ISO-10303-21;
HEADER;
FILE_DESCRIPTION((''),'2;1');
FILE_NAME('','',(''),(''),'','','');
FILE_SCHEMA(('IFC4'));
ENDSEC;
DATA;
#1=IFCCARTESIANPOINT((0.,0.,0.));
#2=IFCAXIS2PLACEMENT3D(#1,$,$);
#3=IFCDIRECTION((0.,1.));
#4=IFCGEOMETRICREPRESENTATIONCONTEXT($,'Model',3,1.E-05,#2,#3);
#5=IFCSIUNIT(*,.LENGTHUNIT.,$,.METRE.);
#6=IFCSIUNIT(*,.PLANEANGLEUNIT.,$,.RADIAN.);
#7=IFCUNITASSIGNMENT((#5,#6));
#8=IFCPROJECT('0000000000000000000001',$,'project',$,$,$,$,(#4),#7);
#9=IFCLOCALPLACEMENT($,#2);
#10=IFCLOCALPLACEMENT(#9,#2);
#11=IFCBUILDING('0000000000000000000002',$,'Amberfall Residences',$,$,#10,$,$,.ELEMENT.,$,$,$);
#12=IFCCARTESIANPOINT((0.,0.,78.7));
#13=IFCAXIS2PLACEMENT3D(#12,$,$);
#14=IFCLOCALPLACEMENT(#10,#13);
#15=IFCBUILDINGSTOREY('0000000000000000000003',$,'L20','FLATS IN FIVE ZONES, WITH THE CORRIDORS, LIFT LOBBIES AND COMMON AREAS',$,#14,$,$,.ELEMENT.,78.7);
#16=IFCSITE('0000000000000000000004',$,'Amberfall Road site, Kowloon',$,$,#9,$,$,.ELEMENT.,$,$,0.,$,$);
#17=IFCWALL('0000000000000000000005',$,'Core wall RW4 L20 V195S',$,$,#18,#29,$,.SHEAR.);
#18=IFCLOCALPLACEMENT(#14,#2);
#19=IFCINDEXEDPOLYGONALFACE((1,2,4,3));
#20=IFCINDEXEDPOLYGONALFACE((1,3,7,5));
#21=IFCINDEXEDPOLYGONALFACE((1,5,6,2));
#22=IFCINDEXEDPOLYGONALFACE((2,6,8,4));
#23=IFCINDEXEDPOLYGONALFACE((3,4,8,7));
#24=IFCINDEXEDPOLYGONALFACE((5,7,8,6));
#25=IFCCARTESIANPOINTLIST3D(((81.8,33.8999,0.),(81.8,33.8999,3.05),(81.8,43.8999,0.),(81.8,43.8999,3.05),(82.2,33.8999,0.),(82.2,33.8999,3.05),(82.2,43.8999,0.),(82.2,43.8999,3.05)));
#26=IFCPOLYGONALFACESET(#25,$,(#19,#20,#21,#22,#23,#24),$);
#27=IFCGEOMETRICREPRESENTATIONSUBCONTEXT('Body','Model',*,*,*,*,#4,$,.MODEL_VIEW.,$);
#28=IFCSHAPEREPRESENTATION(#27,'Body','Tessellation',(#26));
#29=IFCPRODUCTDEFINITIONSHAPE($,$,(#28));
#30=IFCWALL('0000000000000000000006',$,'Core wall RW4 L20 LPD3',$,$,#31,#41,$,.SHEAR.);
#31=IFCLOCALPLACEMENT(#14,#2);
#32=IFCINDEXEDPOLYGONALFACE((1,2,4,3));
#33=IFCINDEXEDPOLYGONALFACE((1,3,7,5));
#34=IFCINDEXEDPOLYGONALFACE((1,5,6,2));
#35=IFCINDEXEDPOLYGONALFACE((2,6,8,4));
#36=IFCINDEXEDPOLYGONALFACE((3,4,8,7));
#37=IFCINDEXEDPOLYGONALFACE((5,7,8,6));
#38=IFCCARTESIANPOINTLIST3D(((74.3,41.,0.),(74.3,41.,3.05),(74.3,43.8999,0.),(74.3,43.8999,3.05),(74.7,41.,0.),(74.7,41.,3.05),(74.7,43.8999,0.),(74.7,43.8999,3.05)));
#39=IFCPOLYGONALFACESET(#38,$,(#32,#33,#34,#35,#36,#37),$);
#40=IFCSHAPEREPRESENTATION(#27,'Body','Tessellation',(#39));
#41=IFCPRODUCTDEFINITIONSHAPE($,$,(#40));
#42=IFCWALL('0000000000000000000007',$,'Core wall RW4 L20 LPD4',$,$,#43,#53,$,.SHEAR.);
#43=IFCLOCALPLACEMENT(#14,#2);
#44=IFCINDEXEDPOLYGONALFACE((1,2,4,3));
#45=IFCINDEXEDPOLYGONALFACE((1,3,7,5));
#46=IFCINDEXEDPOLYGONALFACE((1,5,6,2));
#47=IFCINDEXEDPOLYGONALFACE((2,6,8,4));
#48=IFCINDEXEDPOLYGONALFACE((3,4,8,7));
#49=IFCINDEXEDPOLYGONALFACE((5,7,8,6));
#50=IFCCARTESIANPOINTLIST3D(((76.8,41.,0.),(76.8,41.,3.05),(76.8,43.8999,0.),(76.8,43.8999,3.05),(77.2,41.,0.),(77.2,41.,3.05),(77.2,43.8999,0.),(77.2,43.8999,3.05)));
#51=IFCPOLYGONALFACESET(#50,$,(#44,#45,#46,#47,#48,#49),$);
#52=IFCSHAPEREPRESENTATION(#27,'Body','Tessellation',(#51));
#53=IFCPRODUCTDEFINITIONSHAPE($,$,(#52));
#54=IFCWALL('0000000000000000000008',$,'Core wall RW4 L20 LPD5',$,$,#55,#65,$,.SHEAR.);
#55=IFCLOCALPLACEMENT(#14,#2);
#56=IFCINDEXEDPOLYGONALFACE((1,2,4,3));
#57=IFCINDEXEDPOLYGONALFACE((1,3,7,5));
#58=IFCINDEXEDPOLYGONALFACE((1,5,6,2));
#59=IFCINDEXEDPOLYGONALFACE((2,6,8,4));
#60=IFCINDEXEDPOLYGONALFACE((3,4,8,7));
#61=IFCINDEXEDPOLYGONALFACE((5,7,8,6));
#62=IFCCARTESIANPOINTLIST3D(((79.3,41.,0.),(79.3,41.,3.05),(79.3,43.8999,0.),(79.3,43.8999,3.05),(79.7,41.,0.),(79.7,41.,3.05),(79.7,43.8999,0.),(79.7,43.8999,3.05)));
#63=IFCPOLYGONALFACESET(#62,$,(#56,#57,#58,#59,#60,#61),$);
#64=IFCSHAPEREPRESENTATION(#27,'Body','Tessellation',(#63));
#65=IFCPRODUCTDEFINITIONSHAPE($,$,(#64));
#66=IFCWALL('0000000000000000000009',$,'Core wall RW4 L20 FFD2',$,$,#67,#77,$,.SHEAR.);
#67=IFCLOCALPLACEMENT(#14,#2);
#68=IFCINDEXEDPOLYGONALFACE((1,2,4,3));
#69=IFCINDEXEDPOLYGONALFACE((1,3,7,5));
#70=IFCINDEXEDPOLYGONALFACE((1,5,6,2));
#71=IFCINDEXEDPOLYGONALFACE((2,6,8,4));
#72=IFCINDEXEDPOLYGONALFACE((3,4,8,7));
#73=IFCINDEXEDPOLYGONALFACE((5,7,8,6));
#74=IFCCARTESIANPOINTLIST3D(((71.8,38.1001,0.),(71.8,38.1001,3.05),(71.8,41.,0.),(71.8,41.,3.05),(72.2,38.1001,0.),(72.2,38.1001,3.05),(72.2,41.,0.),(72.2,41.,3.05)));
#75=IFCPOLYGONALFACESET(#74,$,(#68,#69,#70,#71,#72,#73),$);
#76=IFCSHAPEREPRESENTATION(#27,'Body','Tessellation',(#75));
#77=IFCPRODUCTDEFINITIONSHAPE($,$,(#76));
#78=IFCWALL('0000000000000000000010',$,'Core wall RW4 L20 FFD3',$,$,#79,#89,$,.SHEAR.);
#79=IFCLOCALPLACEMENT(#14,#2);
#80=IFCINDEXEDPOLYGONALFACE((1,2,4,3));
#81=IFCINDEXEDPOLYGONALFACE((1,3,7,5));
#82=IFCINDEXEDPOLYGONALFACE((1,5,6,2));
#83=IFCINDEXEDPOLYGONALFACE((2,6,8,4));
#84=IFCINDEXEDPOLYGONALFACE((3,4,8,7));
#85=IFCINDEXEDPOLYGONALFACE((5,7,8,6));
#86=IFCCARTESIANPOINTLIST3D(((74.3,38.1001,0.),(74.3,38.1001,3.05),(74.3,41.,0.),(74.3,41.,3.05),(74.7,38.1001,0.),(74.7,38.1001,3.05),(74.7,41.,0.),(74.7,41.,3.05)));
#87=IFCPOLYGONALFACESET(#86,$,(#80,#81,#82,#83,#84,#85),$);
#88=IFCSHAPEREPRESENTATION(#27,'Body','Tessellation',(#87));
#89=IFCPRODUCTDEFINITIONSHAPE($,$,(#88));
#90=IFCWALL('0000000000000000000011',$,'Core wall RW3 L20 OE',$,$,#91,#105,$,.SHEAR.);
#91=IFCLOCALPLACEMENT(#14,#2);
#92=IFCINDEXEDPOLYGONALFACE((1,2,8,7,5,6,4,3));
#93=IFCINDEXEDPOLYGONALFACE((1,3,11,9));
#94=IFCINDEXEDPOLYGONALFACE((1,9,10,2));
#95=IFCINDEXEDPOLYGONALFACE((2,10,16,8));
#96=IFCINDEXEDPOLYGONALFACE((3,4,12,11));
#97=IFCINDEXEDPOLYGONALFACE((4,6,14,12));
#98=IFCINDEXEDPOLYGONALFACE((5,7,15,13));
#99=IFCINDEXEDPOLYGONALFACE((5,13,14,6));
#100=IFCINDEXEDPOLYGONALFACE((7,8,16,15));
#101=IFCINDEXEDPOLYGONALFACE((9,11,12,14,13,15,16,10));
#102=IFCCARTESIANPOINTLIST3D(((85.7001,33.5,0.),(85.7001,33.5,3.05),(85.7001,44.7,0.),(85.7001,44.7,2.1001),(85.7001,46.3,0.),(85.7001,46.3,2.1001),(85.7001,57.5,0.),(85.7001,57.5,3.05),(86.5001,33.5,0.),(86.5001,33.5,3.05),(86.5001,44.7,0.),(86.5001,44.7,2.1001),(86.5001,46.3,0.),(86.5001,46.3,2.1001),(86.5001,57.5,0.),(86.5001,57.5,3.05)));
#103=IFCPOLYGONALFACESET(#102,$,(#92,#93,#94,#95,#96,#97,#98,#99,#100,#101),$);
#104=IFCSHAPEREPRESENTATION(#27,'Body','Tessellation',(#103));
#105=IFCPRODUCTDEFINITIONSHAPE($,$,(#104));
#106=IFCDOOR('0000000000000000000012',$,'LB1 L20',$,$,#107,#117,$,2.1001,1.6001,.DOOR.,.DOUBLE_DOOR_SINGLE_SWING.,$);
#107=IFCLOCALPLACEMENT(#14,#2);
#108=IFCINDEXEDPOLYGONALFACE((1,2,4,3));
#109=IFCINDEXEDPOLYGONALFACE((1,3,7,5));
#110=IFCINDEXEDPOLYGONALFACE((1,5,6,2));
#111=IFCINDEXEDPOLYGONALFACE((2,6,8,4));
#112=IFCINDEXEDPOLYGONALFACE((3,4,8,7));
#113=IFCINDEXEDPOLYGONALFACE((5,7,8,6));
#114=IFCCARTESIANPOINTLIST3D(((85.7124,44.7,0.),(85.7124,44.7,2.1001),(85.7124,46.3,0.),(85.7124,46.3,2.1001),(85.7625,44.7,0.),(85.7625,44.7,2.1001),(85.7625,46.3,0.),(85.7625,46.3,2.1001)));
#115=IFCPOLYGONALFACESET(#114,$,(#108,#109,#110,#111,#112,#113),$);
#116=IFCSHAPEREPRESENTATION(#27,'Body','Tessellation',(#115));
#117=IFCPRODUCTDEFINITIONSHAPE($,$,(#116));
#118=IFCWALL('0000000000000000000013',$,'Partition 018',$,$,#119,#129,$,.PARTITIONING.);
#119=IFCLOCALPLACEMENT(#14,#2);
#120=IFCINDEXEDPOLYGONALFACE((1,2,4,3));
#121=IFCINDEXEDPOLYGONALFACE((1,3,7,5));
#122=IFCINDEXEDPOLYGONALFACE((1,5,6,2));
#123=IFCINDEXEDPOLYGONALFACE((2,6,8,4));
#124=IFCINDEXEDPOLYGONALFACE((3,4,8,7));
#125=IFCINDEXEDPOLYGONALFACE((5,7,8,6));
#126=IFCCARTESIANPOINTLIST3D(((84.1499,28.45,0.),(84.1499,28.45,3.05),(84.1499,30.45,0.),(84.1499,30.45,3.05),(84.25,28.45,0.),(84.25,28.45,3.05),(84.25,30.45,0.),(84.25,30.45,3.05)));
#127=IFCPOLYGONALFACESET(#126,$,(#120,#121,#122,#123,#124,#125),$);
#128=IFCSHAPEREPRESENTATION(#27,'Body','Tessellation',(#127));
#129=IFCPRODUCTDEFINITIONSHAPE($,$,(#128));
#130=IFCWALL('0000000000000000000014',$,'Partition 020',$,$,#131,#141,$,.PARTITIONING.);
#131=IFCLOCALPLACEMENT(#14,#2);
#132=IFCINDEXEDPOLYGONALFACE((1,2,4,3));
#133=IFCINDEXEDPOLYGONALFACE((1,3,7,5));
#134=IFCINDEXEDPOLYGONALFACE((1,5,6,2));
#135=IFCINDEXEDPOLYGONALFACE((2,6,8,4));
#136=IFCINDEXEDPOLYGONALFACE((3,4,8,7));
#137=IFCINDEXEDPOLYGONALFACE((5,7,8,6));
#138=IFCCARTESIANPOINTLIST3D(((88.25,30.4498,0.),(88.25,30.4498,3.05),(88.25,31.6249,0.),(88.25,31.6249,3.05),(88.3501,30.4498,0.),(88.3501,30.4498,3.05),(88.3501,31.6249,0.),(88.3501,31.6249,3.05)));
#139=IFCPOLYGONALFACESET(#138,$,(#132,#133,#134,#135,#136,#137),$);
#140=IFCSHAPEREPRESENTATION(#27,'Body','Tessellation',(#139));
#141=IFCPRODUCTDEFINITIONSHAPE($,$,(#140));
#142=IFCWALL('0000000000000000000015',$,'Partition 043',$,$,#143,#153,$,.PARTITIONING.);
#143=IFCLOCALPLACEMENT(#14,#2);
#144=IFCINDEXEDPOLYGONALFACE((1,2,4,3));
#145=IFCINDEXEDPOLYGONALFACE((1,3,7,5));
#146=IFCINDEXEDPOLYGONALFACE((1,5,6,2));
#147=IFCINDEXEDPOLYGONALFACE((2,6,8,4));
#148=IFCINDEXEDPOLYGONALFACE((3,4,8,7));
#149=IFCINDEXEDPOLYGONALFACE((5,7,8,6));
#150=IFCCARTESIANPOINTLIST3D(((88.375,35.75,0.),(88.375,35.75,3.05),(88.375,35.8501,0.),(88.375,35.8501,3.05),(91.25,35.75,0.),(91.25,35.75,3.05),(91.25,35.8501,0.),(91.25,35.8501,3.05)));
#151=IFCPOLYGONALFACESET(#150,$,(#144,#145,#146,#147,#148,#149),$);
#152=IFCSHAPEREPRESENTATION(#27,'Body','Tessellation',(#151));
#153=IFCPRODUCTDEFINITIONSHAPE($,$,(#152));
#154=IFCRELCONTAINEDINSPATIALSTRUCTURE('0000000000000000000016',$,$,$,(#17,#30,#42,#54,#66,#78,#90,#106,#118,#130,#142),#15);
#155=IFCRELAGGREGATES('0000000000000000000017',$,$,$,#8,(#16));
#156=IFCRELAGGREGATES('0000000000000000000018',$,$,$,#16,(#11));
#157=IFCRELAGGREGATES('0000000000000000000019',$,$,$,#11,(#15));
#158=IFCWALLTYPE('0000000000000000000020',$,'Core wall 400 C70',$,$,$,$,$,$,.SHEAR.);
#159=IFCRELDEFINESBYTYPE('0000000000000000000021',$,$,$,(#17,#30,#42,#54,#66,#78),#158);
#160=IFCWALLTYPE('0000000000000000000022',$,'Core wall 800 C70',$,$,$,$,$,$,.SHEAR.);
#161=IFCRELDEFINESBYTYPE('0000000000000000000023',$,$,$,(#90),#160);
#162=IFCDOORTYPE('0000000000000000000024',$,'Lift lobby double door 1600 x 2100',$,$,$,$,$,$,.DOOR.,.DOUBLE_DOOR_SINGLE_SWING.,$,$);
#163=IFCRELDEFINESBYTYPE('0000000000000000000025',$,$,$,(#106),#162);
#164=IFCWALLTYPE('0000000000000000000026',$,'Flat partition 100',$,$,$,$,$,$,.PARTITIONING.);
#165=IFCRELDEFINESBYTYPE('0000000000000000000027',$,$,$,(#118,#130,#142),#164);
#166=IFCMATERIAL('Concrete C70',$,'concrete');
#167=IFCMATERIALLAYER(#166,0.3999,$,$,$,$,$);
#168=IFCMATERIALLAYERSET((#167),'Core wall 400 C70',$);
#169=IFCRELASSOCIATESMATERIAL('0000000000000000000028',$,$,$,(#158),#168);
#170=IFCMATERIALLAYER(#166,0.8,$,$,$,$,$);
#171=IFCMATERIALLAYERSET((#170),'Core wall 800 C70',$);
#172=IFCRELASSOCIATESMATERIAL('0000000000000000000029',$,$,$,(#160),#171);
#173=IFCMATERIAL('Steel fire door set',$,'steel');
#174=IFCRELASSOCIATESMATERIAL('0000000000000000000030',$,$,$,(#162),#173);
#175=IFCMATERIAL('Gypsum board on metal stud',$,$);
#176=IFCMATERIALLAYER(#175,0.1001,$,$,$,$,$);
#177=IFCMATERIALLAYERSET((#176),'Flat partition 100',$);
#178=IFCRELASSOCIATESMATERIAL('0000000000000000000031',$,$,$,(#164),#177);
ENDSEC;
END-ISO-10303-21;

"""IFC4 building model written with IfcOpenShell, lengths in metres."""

from ifc_helpers import new_model, si_unit, direction, frame, frame_2d, origin, place, context, subcontext, project, spatial, rectangle, extrude, material, layer, layer_set, type_object, element, fill, save


model = new_model("IFC4")

# Units and contexts
model_context = context("Model", 3, precision=1e-05, world=origin(), true_north=direction((0.0, 1.0)))
body_context = subcontext(model_context, "Body", "Model", "MODEL_VIEW")
ifc_project = project(units=[si_unit("LENGTHUNIT", "METRE"), si_unit("PLANEANGLEUNIT", "RADIAN")], contexts=[model_context])

# Site, building, storey
site_placement = place(None, origin())
site = spatial("IfcSite", under=ifc_project, at=site_placement, Name="Amberfall Road site, Kowloon", CompositionType="ELEMENT", RefElevation=0.0)
building_placement = place(site_placement, origin())
building = spatial("IfcBuilding", under=site, at=building_placement, Name="Amberfall Residences", CompositionType="ELEMENT")
storey_placement = place(building_placement, frame((0.0, 0.0, 78.7)))
storey = spatial("IfcBuildingStorey", under=building, at=storey_placement, Name="L20", Description="FLATS IN FIVE ZONES, WITH THE CORRIDORS, LIFT LOBBIES AND COMMON AREAS", CompositionType="ELEMENT", Elevation=78.7)

# Walls
ifc_material_1 = material(Name="Concrete C70", Category="concrete")
ifc_layer_1 = layer(ifc_material_1, 0.3999)
ifc_layer_set_1 = layer_set([ifc_layer_1], Name="Core wall 400 C70")
wall_type_1 = type_object("IfcWallType", Name="Core wall 400 C70", PredefinedType="SHEAR", material=ifc_layer_set_1)
wall_1_placement = place(storey_placement, frame((82.0, 33.8999, 0.0), z_axis=(0.0, 0.0, 1.0), x_axis=(0.0, 1.0, 0.0)))
element("IfcWall", 1, at=wall_1_placement, inside=storey, type_object=wall_type_1, Name="Core wall RW4 L20 V195S", PredefinedType="SHEAR", context=body_context, shape_type="SweptSolid", body=[
    extrude(rectangle(XDim=10.0, YDim=0.3999, at=frame_2d((5.0, 0.0))), origin(), (0.0, 0.0, 1.0), 3.05),
])
for number, where, z_axis, x_axis, name in (
    (2, (74.5, 41.0, 0.0), (0.0, 0.0, 1.0), (0.0, 1.0, 0.0), "Core wall RW4 L20 LPD3"),
    (3, (77.0, 41.0, 0.0), (0.0, 0.0, 1.0), (0.0, 1.0, 0.0), "Core wall RW4 L20 LPD4"),
    (4, (79.5, 41.0, 0.0), (0.0, 0.0, 1.0), (0.0, 1.0, 0.0), "Core wall RW4 L20 LPD5"),
    (5, (72.0, 38.1001, 0.0), (0.0, 0.0, 1.0), (0.0, 1.0, 0.0), "Core wall RW4 L20 FFD2"),
    (6, (74.5, 38.1001, 0.0), (0.0, 0.0, 1.0), (0.0, 1.0, 0.0), "Core wall RW4 L20 FFD3"),
):
    element("IfcWall", number, at=place(storey_placement, frame(where, z_axis=z_axis, x_axis=x_axis)), inside=storey, type_object=wall_type_1, Name=name, PredefinedType="SHEAR", context=body_context, shape_type="SweptSolid", body=[
        extrude(rectangle(XDim=2.8999, YDim=0.3999, at=frame_2d((1.45, 0.0))), origin(), (0.0, 0.0, 1.0), 3.05),
    ])

# Wall, opening, door
ifc_layer_2 = layer(ifc_material_1, 0.8)
ifc_layer_set_2 = layer_set([ifc_layer_2], Name="Core wall 800 C70")
wall_type_2 = type_object("IfcWallType", Name="Core wall 800 C70", PredefinedType="SHEAR", material=ifc_layer_set_2)
wall_2_placement = place(storey_placement, frame((86.1001, 33.5, 0.0), z_axis=(0.0, 0.0, 1.0), x_axis=(0.0, 1.0, 0.0)))
wall_2 = element("IfcWall", 7, at=wall_2_placement, inside=storey, type_object=wall_type_2, Name="Core wall RW3 L20 OE", PredefinedType="SHEAR", context=body_context, shape_type="SweptSolid", body=[
    extrude(rectangle(XDim=24.0, YDim=0.8, at=frame_2d((12.0, 0.0))), origin(), (0.0, 0.0, 1.0), 3.05),
])
opening_1_placement = place(wall_2_placement, frame((11.2, 0.0, 0.0)))
opening_1 = element("IfcOpeningElement", 8, at=opening_1_placement, cuts=wall_2, PredefinedType="OPENING", context=body_context, shape_type="SweptSolid", body=[
    extrude(rectangle(XDim=1.6001, YDim=2.1001, at=frame_2d((0.8, 1.05))), frame((0.0, 0.4099, 0.0), z_axis=(0.0, -1.0, 0.0), x_axis=(1.0, 0.0, 0.0)), (0.0, 0.0, 1.0), 0.8201),
])
ifc_material_2 = material(Name="Steel fire door set", Category="steel")
door_type_1 = type_object("IfcDoorType", Name="Lift lobby double door 1600 x 2100", OperationType="DOUBLE_DOOR_SINGLE_SWING", PredefinedType="DOOR", material=ifc_material_2)
door_1_placement = place(opening_1_placement, origin())
door_1 = element("IfcDoor", 9, at=door_1_placement, inside=storey, type_object=door_type_1, Name="LB1 L20", OperationType="DOUBLE_DOOR_SINGLE_SWING", OverallHeight=2.1001, OverallWidth=1.6001, PredefinedType="DOOR", context=body_context, shape_type="SweptSolid", body=[
    extrude(rectangle(XDim=1.6001, YDim=2.1001, at=frame_2d((0.8, 1.05))), frame((0.0, 0.3877, 0.0), z_axis=(0.0, -1.0, 0.0), x_axis=(1.0, 0.0, 0.0)), (0.0, 0.0, 1.0), 0.05),
])
fill(opening_1, door_1)

# Walls
ifc_material_3 = material(Name="Gypsum board on metal stud")
ifc_layer_3 = layer(ifc_material_3, 0.1001)
ifc_layer_set_3 = layer_set([ifc_layer_3], Name="Flat partition 100")
wall_type_3 = type_object("IfcWallType", Name="Flat partition 100", PredefinedType="PARTITIONING", material=ifc_layer_set_3)
wall_3_placement = place(storey_placement, frame((84.2, 28.45, 0.0), z_axis=(0.0, 0.0, 1.0), x_axis=(0.0, 1.0, 0.0)))
element("IfcWall", 10, at=wall_3_placement, inside=storey, type_object=wall_type_3, Name="Partition 018", PredefinedType="PARTITIONING", context=body_context, shape_type="SweptSolid", body=[
    extrude(rectangle(XDim=2.0, YDim=0.1001, at=frame_2d((1.0, 0.0))), origin(), (0.0, 0.0, 1.0), 3.05),
])
wall_4_placement = place(storey_placement, frame((88.3, 30.45, 0.0), z_axis=(0.0, 0.0, 1.0), x_axis=(0.0, 1.0, 0.0)))
element("IfcWall", 11, at=wall_4_placement, inside=storey, type_object=wall_type_3, Name="Partition 020", PredefinedType="PARTITIONING", context=body_context, shape_type="SweptSolid", body=[
    extrude(rectangle(XDim=1.175, YDim=0.1001, at=frame_2d((0.5874, 0.0))), origin(), (0.0, 0.0, 1.0), 3.05),
])
wall_5_placement = place(storey_placement, frame((88.375, 35.8, 0.0), z_axis=(0.0, 0.0, 1.0), x_axis=(1.0, 0.0, 0.0)))
element("IfcWall", 12, at=wall_5_placement, inside=storey, type_object=wall_type_3, Name="Partition 043", PredefinedType="PARTITIONING", context=body_context, shape_type="SweptSolid", body=[
    extrude(rectangle(XDim=2.875, YDim=0.1001, at=frame_2d((1.4375, 0.0))), origin(), (0.0, 0.0, 1.0), 3.05),
])

save(model, "model.ifc")
